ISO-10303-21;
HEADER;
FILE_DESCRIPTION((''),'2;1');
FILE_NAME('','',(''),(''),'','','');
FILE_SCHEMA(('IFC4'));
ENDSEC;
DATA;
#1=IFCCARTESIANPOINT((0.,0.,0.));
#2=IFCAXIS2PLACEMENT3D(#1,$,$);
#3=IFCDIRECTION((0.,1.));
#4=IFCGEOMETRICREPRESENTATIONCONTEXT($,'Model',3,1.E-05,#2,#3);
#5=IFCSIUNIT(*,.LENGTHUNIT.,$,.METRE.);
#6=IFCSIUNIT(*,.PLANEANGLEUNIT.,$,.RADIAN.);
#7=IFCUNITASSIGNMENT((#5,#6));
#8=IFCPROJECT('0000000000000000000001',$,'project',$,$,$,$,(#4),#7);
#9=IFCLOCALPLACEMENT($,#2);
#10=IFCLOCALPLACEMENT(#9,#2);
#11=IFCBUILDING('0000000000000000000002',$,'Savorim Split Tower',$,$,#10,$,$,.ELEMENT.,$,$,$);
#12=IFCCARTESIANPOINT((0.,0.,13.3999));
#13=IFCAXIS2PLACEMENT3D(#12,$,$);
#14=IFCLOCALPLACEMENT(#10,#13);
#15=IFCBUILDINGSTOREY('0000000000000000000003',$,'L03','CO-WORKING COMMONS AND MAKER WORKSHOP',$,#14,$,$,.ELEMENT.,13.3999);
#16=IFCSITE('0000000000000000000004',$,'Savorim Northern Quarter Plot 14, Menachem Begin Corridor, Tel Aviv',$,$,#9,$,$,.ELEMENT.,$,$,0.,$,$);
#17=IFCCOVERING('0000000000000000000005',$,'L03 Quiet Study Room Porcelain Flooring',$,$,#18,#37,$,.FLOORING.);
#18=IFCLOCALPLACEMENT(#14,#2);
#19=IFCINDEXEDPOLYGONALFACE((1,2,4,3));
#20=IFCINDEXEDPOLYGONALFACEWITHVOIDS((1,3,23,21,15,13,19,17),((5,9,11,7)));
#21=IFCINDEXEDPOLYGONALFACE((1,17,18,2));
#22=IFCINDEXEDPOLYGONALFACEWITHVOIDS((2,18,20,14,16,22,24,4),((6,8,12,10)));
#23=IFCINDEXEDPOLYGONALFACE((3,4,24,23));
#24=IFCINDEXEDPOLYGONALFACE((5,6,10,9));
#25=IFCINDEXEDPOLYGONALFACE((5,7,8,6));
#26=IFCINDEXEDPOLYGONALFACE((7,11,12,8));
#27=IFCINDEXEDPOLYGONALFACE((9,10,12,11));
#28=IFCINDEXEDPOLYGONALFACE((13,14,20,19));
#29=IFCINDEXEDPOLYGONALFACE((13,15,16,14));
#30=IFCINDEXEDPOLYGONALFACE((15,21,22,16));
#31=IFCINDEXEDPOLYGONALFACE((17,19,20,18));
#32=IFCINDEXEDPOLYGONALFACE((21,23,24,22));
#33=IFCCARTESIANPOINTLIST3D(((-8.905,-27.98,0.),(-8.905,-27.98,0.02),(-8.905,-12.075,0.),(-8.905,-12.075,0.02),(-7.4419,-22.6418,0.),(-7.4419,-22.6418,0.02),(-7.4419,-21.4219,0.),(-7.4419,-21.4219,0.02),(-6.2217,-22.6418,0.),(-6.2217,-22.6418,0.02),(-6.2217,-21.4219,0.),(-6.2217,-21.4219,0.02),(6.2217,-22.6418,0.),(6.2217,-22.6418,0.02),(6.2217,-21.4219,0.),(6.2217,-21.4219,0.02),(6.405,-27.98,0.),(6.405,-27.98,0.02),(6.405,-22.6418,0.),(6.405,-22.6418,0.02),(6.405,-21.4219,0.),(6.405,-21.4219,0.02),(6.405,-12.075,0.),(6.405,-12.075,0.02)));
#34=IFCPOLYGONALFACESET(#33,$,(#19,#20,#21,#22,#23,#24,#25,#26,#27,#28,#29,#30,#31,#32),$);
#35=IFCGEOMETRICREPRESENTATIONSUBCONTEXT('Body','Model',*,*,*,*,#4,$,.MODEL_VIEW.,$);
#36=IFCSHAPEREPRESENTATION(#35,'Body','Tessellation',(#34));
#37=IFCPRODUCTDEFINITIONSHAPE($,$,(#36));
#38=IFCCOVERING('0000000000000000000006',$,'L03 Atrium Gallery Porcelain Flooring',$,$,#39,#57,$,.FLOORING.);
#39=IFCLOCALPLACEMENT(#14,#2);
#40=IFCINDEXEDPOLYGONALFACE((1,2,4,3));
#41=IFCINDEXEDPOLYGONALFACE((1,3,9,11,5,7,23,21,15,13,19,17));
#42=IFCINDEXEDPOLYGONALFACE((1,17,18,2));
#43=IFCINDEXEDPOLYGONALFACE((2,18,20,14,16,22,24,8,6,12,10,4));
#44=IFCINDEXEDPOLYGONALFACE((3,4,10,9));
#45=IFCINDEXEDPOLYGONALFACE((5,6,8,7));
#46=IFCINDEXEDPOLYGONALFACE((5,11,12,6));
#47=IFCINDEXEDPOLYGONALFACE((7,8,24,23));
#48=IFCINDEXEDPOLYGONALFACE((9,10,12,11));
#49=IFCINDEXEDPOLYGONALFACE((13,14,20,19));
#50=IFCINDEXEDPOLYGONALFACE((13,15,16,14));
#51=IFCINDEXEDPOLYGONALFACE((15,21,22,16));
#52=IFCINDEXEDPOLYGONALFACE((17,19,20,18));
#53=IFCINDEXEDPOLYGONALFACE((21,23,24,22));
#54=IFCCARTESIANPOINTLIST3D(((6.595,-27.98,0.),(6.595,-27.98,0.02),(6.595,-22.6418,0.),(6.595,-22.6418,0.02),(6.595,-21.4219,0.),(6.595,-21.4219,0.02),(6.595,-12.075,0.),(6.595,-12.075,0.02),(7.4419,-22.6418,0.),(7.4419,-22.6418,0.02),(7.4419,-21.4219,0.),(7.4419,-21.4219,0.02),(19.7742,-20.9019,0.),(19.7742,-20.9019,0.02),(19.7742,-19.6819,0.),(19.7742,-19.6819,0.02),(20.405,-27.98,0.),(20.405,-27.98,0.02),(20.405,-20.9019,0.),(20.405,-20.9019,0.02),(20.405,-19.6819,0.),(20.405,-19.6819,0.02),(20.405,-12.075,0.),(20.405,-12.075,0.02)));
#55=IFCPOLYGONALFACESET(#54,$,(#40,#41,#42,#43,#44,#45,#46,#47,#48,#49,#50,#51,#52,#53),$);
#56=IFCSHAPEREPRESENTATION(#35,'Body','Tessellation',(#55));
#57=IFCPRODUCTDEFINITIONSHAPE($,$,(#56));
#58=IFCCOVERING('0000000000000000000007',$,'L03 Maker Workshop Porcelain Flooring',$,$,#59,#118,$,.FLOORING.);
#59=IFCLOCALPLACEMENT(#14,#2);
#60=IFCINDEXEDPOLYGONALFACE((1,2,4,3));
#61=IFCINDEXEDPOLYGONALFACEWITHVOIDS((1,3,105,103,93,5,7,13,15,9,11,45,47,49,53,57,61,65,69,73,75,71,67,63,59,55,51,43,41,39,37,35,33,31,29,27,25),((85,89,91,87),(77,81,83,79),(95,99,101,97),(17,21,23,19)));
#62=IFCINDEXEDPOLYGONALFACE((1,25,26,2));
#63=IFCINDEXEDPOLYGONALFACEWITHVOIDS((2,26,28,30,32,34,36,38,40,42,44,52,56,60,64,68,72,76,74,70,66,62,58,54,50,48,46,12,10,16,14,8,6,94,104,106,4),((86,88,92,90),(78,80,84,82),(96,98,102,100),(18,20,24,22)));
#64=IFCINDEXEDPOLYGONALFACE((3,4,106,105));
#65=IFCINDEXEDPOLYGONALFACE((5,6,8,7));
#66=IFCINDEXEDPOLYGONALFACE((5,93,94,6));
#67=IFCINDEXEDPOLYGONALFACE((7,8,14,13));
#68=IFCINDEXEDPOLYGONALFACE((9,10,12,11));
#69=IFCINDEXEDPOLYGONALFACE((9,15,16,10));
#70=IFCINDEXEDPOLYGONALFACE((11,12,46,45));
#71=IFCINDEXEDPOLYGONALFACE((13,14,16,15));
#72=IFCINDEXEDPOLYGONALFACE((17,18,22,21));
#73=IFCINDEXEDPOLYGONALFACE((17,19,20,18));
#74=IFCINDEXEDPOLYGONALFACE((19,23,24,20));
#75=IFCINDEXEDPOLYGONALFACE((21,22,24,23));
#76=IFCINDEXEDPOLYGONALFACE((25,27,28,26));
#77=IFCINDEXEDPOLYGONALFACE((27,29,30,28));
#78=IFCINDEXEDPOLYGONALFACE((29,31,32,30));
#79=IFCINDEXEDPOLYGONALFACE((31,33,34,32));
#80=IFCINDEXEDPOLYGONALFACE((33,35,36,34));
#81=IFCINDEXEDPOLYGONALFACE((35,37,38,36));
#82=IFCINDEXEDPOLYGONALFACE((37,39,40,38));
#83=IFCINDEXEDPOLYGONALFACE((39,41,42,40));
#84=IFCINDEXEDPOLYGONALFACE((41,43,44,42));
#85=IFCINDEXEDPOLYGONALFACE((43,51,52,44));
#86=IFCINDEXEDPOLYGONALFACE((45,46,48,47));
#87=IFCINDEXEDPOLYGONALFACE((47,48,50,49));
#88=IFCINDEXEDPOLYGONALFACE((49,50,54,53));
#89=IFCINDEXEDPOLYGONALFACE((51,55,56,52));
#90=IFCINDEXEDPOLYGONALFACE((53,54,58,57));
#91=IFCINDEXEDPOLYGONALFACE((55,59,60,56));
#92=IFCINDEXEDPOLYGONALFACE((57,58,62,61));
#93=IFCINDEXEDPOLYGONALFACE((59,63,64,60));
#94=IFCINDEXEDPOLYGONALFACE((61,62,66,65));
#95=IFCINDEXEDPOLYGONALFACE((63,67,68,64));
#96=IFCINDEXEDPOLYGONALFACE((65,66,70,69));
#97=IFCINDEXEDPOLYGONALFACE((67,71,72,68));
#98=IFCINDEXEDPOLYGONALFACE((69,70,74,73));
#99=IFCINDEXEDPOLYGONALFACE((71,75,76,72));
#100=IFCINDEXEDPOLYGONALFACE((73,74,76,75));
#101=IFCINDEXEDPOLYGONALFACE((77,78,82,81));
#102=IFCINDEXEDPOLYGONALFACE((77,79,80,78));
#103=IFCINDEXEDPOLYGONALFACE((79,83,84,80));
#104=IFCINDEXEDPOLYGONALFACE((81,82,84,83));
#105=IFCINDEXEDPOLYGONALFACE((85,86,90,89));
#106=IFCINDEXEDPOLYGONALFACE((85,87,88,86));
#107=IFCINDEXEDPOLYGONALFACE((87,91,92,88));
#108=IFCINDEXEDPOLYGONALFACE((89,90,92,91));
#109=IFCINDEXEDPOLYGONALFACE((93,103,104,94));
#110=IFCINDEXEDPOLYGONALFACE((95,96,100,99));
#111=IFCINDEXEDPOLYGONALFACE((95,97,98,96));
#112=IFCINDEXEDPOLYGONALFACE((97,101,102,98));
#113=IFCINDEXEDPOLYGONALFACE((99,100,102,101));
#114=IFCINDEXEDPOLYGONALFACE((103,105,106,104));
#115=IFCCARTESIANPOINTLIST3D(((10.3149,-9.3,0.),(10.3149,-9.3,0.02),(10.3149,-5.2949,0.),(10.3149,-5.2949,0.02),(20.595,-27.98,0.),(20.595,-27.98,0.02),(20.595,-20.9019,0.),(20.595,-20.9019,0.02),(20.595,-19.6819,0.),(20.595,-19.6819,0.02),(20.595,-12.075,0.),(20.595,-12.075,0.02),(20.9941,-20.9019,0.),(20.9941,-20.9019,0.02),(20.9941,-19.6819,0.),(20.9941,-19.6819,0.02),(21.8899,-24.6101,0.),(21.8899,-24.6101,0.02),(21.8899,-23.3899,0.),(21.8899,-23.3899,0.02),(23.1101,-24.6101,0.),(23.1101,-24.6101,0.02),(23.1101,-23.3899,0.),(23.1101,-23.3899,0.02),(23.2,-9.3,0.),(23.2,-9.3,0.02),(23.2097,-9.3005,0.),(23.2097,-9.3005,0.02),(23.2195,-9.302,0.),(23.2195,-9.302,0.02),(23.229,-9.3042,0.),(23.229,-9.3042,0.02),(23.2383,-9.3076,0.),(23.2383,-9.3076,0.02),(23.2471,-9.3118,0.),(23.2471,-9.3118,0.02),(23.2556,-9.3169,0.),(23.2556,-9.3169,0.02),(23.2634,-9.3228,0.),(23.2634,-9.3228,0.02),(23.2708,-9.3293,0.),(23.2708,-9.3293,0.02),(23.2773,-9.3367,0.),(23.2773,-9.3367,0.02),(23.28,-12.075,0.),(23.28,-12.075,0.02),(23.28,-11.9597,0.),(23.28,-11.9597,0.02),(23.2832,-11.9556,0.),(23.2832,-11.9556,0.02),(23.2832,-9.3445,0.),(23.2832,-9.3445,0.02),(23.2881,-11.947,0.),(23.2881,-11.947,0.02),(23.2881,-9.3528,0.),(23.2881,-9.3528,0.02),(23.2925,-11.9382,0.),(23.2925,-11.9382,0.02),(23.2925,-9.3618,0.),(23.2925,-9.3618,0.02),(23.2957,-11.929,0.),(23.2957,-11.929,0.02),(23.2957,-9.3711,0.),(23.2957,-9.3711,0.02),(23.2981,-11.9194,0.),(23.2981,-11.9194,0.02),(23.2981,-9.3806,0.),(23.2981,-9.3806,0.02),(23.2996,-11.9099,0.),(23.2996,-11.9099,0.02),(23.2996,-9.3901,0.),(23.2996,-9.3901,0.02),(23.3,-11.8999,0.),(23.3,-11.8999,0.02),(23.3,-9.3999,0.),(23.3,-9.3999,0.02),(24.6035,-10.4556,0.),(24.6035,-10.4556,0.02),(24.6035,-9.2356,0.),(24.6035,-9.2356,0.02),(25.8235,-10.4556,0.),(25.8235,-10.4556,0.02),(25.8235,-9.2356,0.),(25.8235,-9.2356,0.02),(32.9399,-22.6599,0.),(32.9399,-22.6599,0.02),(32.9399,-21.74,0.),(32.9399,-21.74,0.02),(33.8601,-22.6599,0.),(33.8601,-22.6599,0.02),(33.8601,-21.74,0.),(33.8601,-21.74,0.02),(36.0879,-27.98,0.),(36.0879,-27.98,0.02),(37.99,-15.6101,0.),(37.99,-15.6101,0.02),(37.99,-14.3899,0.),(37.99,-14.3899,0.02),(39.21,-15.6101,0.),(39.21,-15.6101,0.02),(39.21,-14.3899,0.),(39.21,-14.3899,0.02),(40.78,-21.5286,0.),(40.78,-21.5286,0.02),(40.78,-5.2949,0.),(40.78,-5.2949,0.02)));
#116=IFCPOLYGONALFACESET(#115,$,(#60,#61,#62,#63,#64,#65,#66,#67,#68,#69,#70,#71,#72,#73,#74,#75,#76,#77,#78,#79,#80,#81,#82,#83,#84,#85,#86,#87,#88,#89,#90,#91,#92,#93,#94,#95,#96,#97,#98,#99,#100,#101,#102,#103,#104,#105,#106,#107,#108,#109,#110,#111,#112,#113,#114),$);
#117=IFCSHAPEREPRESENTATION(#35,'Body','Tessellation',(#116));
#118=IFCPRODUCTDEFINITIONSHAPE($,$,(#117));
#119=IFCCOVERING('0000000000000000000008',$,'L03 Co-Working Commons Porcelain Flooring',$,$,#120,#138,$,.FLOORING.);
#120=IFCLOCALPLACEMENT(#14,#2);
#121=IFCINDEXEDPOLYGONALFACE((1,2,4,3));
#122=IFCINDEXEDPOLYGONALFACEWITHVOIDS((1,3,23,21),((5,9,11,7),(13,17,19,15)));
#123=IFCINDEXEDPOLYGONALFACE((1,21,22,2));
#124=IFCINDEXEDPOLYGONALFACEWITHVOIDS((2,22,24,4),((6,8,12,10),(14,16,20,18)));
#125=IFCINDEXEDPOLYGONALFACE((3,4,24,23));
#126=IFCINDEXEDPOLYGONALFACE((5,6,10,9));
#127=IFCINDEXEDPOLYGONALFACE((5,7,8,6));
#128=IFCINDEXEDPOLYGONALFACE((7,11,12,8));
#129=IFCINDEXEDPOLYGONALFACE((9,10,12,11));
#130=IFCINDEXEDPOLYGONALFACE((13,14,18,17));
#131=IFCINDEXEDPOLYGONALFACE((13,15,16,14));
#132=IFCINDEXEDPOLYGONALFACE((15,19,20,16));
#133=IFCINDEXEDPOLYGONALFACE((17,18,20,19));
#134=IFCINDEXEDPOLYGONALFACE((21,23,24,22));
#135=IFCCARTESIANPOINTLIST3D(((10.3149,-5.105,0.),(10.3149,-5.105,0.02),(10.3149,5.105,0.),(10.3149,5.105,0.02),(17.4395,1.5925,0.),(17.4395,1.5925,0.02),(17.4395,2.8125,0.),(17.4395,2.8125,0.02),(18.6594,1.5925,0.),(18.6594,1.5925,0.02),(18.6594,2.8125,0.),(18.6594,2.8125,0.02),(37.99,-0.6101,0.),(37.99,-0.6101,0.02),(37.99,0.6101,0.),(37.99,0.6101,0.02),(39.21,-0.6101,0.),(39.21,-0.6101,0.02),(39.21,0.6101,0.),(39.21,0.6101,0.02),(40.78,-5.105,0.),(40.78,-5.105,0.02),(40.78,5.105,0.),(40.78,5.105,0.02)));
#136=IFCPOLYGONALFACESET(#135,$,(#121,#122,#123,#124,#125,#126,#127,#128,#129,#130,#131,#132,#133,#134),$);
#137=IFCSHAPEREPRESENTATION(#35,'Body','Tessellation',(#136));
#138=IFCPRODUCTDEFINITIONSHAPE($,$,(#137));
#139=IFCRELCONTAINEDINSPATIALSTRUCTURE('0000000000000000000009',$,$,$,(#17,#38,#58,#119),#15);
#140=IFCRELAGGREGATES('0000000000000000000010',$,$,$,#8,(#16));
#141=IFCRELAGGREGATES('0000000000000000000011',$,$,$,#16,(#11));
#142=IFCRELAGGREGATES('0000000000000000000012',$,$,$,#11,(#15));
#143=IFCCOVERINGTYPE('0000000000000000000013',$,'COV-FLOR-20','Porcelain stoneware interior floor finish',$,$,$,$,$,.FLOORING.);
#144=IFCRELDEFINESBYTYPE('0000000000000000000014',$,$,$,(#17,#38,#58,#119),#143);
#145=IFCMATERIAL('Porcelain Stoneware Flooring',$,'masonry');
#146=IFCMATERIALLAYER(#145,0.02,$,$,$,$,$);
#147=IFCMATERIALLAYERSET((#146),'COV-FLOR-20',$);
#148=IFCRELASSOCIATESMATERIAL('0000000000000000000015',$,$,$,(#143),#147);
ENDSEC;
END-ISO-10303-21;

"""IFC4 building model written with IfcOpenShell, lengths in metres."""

from ifc_helpers import new_model, si_unit, direction, frame, origin, place, context, subcontext, project, spatial, polyline, outline, extrude, material, layer, layer_set, type_object, element, save


model = new_model("IFC4")

# Units and contexts
model_context = context("Model", 3, precision=1e-05, world=origin(), true_north=direction((0.0, 1.0)))
body_context = subcontext(model_context, "Body", "Model", "MODEL_VIEW")
ifc_project = project(units=[si_unit("LENGTHUNIT", "METRE"), si_unit("PLANEANGLEUNIT", "RADIAN")], contexts=[model_context])

# Site, building, storey
site_placement = place(None, origin())
site = spatial("IfcSite", under=ifc_project, at=site_placement, Name="Savorim Northern Quarter Plot 14, Menachem Begin Corridor, Tel Aviv", CompositionType="ELEMENT", RefElevation=0.0)
building_placement = place(site_placement, origin())
building = spatial("IfcBuilding", under=site, at=building_placement, Name="Savorim Split Tower", CompositionType="ELEMENT")
storey_placement = place(building_placement, frame((0.0, 0.0, 13.3999)))
storey = spatial("IfcBuildingStorey", under=building, at=storey_placement, Name="L03", Description="CO-WORKING COMMONS AND MAKER WORKSHOP", CompositionType="ELEMENT", Elevation=13.3999)

# Coverings
ifc_material_1 = material(Name="Porcelain Stoneware Flooring", Category="masonry")
ifc_layer_1 = layer(ifc_material_1, 0.02)
ifc_layer_set_1 = layer_set([ifc_layer_1], Name="COV-FLOR-20")
covering_type_1 = type_object("IfcCoveringType", Name="COV-FLOR-20", Description="Porcelain stoneware interior floor finish", PredefinedType="FLOORING", material=ifc_layer_set_1)
covering_1_placement = place(storey_placement, origin())
element("IfcCovering", 1, at=covering_1_placement, inside=storey, type_object=covering_type_1, Name="L03 Quiet Study Room Porcelain Flooring", PredefinedType="FLOORING", context=body_context, shape_type="SweptSolid", body=[
    extrude(outline(polyline([(6.405, -12.075), (-8.905, -12.075), (-8.905, -27.98), (6.405, -27.98), (6.405, -22.6418), (6.2217, -22.6418), (6.2217, -21.4219), (6.405, -21.4219), (6.405, -12.075)]), holes=[polyline([(-6.2217, -21.4219), (-7.4419, -21.4219), (-7.4419, -22.6418), (-6.2217, -22.6418), (-6.2217, -21.4219)])]), origin(), (0.0, 0.0, 1.0), 0.02),
])
covering_2_placement = place(storey_placement, origin())
element("IfcCovering", 2, at=covering_2_placement, inside=storey, type_object=covering_type_1, Name="L03 Atrium Gallery Porcelain Flooring", PredefinedType="FLOORING", context=body_context, shape_type="SweptSolid", body=[
    extrude(outline(polyline([(7.4419, -22.6418), (6.595, -22.6418), (6.595, -27.98), (20.405, -27.98), (20.405, -20.9019), (19.7742, -20.9019), (19.7742, -19.6819), (20.405, -19.6819), (20.405, -12.075), (6.595, -12.075), (6.595, -21.4219), (7.4419, -21.4219), (7.4419, -22.6418)])), origin(), (0.0, 0.0, 1.0), 0.02),
])
covering_3_placement = place(storey_placement, origin())
element("IfcCovering", 3, at=covering_3_placement, inside=storey, type_object=covering_type_1, Name="L03 Maker Workshop Porcelain Flooring", PredefinedType="FLOORING", context=body_context, shape_type="SweptSolid", body=[
    extrude(outline(polyline([(20.595, -27.98), (36.0879, -27.98), (40.78, -21.5286), (40.78, -5.2949), (10.3149, -5.2949), (10.3149, -9.3), (23.2, -9.3), (23.2097, -9.3005), (23.2195, -9.302), (23.229, -9.3042), (23.2383, -9.3076), (23.2471, -9.3118), (23.2556, -9.3169), (23.2634, -9.3228), (23.2708, -9.3293), (23.2773, -9.3367), (23.2832, -9.3445), (23.2881, -9.3528), (23.2925, -9.3618), (23.2957, -9.3711), (23.2981, -9.3806), (23.2996, -9.3901), (23.3, -9.3999), (23.3, -11.8999), (23.2996, -11.9099), (23.2981, -11.9194), (23.2957, -11.929), (23.2925, -11.9382), (23.2881, -11.947), (23.2832, -11.9556), (23.28, -11.9597), (23.28, -12.075), (20.595, -12.075), (20.595, -19.6819), (20.9941, -19.6819), (20.9941, -20.9019), (20.595, -20.9019), (20.595, -27.98)]), holes=[polyline([(37.99, -14.3899), (37.99, -15.6101), (39.21, -15.6101), (39.21, -14.3899), (37.99, -14.3899)]), polyline([(21.8899, -24.6101), (23.1101, -24.6101), (23.1101, -23.3899), (21.8899, -23.3899), (21.8899, -24.6101)]), polyline([(25.8235, -10.4556), (25.8235, -9.2356), (24.6035, -9.2356), (24.6035, -10.4556), (25.8235, -10.4556)]), polyline([(32.9399, -21.74), (32.9399, -22.6599), (33.8601, -22.6599), (33.8601, -21.74), (32.9399, -21.74)])]), origin(), (0.0, 0.0, 1.0), 0.02),
])
covering_4_placement = place(storey_placement, origin())
element("IfcCovering", 4, at=covering_4_placement, inside=storey, type_object=covering_type_1, Name="L03 Co-Working Commons Porcelain Flooring", PredefinedType="FLOORING", context=body_context, shape_type="SweptSolid", body=[
    extrude(outline(polyline([(10.3149, 5.105), (10.3149, -5.105), (40.78, -5.105), (40.78, 5.105), (10.3149, 5.105)]), holes=[polyline([(37.99, 0.6101), (37.99, -0.6101), (39.21, -0.6101), (39.21, 0.6101), (37.99, 0.6101)]), polyline([(18.6594, 2.8125), (17.4395, 2.8125), (17.4395, 1.5925), (18.6594, 1.5925), (18.6594, 2.8125)])]), origin(), (0.0, 0.0, 1.0), 0.02),
])

save(model, "model.ifc")
